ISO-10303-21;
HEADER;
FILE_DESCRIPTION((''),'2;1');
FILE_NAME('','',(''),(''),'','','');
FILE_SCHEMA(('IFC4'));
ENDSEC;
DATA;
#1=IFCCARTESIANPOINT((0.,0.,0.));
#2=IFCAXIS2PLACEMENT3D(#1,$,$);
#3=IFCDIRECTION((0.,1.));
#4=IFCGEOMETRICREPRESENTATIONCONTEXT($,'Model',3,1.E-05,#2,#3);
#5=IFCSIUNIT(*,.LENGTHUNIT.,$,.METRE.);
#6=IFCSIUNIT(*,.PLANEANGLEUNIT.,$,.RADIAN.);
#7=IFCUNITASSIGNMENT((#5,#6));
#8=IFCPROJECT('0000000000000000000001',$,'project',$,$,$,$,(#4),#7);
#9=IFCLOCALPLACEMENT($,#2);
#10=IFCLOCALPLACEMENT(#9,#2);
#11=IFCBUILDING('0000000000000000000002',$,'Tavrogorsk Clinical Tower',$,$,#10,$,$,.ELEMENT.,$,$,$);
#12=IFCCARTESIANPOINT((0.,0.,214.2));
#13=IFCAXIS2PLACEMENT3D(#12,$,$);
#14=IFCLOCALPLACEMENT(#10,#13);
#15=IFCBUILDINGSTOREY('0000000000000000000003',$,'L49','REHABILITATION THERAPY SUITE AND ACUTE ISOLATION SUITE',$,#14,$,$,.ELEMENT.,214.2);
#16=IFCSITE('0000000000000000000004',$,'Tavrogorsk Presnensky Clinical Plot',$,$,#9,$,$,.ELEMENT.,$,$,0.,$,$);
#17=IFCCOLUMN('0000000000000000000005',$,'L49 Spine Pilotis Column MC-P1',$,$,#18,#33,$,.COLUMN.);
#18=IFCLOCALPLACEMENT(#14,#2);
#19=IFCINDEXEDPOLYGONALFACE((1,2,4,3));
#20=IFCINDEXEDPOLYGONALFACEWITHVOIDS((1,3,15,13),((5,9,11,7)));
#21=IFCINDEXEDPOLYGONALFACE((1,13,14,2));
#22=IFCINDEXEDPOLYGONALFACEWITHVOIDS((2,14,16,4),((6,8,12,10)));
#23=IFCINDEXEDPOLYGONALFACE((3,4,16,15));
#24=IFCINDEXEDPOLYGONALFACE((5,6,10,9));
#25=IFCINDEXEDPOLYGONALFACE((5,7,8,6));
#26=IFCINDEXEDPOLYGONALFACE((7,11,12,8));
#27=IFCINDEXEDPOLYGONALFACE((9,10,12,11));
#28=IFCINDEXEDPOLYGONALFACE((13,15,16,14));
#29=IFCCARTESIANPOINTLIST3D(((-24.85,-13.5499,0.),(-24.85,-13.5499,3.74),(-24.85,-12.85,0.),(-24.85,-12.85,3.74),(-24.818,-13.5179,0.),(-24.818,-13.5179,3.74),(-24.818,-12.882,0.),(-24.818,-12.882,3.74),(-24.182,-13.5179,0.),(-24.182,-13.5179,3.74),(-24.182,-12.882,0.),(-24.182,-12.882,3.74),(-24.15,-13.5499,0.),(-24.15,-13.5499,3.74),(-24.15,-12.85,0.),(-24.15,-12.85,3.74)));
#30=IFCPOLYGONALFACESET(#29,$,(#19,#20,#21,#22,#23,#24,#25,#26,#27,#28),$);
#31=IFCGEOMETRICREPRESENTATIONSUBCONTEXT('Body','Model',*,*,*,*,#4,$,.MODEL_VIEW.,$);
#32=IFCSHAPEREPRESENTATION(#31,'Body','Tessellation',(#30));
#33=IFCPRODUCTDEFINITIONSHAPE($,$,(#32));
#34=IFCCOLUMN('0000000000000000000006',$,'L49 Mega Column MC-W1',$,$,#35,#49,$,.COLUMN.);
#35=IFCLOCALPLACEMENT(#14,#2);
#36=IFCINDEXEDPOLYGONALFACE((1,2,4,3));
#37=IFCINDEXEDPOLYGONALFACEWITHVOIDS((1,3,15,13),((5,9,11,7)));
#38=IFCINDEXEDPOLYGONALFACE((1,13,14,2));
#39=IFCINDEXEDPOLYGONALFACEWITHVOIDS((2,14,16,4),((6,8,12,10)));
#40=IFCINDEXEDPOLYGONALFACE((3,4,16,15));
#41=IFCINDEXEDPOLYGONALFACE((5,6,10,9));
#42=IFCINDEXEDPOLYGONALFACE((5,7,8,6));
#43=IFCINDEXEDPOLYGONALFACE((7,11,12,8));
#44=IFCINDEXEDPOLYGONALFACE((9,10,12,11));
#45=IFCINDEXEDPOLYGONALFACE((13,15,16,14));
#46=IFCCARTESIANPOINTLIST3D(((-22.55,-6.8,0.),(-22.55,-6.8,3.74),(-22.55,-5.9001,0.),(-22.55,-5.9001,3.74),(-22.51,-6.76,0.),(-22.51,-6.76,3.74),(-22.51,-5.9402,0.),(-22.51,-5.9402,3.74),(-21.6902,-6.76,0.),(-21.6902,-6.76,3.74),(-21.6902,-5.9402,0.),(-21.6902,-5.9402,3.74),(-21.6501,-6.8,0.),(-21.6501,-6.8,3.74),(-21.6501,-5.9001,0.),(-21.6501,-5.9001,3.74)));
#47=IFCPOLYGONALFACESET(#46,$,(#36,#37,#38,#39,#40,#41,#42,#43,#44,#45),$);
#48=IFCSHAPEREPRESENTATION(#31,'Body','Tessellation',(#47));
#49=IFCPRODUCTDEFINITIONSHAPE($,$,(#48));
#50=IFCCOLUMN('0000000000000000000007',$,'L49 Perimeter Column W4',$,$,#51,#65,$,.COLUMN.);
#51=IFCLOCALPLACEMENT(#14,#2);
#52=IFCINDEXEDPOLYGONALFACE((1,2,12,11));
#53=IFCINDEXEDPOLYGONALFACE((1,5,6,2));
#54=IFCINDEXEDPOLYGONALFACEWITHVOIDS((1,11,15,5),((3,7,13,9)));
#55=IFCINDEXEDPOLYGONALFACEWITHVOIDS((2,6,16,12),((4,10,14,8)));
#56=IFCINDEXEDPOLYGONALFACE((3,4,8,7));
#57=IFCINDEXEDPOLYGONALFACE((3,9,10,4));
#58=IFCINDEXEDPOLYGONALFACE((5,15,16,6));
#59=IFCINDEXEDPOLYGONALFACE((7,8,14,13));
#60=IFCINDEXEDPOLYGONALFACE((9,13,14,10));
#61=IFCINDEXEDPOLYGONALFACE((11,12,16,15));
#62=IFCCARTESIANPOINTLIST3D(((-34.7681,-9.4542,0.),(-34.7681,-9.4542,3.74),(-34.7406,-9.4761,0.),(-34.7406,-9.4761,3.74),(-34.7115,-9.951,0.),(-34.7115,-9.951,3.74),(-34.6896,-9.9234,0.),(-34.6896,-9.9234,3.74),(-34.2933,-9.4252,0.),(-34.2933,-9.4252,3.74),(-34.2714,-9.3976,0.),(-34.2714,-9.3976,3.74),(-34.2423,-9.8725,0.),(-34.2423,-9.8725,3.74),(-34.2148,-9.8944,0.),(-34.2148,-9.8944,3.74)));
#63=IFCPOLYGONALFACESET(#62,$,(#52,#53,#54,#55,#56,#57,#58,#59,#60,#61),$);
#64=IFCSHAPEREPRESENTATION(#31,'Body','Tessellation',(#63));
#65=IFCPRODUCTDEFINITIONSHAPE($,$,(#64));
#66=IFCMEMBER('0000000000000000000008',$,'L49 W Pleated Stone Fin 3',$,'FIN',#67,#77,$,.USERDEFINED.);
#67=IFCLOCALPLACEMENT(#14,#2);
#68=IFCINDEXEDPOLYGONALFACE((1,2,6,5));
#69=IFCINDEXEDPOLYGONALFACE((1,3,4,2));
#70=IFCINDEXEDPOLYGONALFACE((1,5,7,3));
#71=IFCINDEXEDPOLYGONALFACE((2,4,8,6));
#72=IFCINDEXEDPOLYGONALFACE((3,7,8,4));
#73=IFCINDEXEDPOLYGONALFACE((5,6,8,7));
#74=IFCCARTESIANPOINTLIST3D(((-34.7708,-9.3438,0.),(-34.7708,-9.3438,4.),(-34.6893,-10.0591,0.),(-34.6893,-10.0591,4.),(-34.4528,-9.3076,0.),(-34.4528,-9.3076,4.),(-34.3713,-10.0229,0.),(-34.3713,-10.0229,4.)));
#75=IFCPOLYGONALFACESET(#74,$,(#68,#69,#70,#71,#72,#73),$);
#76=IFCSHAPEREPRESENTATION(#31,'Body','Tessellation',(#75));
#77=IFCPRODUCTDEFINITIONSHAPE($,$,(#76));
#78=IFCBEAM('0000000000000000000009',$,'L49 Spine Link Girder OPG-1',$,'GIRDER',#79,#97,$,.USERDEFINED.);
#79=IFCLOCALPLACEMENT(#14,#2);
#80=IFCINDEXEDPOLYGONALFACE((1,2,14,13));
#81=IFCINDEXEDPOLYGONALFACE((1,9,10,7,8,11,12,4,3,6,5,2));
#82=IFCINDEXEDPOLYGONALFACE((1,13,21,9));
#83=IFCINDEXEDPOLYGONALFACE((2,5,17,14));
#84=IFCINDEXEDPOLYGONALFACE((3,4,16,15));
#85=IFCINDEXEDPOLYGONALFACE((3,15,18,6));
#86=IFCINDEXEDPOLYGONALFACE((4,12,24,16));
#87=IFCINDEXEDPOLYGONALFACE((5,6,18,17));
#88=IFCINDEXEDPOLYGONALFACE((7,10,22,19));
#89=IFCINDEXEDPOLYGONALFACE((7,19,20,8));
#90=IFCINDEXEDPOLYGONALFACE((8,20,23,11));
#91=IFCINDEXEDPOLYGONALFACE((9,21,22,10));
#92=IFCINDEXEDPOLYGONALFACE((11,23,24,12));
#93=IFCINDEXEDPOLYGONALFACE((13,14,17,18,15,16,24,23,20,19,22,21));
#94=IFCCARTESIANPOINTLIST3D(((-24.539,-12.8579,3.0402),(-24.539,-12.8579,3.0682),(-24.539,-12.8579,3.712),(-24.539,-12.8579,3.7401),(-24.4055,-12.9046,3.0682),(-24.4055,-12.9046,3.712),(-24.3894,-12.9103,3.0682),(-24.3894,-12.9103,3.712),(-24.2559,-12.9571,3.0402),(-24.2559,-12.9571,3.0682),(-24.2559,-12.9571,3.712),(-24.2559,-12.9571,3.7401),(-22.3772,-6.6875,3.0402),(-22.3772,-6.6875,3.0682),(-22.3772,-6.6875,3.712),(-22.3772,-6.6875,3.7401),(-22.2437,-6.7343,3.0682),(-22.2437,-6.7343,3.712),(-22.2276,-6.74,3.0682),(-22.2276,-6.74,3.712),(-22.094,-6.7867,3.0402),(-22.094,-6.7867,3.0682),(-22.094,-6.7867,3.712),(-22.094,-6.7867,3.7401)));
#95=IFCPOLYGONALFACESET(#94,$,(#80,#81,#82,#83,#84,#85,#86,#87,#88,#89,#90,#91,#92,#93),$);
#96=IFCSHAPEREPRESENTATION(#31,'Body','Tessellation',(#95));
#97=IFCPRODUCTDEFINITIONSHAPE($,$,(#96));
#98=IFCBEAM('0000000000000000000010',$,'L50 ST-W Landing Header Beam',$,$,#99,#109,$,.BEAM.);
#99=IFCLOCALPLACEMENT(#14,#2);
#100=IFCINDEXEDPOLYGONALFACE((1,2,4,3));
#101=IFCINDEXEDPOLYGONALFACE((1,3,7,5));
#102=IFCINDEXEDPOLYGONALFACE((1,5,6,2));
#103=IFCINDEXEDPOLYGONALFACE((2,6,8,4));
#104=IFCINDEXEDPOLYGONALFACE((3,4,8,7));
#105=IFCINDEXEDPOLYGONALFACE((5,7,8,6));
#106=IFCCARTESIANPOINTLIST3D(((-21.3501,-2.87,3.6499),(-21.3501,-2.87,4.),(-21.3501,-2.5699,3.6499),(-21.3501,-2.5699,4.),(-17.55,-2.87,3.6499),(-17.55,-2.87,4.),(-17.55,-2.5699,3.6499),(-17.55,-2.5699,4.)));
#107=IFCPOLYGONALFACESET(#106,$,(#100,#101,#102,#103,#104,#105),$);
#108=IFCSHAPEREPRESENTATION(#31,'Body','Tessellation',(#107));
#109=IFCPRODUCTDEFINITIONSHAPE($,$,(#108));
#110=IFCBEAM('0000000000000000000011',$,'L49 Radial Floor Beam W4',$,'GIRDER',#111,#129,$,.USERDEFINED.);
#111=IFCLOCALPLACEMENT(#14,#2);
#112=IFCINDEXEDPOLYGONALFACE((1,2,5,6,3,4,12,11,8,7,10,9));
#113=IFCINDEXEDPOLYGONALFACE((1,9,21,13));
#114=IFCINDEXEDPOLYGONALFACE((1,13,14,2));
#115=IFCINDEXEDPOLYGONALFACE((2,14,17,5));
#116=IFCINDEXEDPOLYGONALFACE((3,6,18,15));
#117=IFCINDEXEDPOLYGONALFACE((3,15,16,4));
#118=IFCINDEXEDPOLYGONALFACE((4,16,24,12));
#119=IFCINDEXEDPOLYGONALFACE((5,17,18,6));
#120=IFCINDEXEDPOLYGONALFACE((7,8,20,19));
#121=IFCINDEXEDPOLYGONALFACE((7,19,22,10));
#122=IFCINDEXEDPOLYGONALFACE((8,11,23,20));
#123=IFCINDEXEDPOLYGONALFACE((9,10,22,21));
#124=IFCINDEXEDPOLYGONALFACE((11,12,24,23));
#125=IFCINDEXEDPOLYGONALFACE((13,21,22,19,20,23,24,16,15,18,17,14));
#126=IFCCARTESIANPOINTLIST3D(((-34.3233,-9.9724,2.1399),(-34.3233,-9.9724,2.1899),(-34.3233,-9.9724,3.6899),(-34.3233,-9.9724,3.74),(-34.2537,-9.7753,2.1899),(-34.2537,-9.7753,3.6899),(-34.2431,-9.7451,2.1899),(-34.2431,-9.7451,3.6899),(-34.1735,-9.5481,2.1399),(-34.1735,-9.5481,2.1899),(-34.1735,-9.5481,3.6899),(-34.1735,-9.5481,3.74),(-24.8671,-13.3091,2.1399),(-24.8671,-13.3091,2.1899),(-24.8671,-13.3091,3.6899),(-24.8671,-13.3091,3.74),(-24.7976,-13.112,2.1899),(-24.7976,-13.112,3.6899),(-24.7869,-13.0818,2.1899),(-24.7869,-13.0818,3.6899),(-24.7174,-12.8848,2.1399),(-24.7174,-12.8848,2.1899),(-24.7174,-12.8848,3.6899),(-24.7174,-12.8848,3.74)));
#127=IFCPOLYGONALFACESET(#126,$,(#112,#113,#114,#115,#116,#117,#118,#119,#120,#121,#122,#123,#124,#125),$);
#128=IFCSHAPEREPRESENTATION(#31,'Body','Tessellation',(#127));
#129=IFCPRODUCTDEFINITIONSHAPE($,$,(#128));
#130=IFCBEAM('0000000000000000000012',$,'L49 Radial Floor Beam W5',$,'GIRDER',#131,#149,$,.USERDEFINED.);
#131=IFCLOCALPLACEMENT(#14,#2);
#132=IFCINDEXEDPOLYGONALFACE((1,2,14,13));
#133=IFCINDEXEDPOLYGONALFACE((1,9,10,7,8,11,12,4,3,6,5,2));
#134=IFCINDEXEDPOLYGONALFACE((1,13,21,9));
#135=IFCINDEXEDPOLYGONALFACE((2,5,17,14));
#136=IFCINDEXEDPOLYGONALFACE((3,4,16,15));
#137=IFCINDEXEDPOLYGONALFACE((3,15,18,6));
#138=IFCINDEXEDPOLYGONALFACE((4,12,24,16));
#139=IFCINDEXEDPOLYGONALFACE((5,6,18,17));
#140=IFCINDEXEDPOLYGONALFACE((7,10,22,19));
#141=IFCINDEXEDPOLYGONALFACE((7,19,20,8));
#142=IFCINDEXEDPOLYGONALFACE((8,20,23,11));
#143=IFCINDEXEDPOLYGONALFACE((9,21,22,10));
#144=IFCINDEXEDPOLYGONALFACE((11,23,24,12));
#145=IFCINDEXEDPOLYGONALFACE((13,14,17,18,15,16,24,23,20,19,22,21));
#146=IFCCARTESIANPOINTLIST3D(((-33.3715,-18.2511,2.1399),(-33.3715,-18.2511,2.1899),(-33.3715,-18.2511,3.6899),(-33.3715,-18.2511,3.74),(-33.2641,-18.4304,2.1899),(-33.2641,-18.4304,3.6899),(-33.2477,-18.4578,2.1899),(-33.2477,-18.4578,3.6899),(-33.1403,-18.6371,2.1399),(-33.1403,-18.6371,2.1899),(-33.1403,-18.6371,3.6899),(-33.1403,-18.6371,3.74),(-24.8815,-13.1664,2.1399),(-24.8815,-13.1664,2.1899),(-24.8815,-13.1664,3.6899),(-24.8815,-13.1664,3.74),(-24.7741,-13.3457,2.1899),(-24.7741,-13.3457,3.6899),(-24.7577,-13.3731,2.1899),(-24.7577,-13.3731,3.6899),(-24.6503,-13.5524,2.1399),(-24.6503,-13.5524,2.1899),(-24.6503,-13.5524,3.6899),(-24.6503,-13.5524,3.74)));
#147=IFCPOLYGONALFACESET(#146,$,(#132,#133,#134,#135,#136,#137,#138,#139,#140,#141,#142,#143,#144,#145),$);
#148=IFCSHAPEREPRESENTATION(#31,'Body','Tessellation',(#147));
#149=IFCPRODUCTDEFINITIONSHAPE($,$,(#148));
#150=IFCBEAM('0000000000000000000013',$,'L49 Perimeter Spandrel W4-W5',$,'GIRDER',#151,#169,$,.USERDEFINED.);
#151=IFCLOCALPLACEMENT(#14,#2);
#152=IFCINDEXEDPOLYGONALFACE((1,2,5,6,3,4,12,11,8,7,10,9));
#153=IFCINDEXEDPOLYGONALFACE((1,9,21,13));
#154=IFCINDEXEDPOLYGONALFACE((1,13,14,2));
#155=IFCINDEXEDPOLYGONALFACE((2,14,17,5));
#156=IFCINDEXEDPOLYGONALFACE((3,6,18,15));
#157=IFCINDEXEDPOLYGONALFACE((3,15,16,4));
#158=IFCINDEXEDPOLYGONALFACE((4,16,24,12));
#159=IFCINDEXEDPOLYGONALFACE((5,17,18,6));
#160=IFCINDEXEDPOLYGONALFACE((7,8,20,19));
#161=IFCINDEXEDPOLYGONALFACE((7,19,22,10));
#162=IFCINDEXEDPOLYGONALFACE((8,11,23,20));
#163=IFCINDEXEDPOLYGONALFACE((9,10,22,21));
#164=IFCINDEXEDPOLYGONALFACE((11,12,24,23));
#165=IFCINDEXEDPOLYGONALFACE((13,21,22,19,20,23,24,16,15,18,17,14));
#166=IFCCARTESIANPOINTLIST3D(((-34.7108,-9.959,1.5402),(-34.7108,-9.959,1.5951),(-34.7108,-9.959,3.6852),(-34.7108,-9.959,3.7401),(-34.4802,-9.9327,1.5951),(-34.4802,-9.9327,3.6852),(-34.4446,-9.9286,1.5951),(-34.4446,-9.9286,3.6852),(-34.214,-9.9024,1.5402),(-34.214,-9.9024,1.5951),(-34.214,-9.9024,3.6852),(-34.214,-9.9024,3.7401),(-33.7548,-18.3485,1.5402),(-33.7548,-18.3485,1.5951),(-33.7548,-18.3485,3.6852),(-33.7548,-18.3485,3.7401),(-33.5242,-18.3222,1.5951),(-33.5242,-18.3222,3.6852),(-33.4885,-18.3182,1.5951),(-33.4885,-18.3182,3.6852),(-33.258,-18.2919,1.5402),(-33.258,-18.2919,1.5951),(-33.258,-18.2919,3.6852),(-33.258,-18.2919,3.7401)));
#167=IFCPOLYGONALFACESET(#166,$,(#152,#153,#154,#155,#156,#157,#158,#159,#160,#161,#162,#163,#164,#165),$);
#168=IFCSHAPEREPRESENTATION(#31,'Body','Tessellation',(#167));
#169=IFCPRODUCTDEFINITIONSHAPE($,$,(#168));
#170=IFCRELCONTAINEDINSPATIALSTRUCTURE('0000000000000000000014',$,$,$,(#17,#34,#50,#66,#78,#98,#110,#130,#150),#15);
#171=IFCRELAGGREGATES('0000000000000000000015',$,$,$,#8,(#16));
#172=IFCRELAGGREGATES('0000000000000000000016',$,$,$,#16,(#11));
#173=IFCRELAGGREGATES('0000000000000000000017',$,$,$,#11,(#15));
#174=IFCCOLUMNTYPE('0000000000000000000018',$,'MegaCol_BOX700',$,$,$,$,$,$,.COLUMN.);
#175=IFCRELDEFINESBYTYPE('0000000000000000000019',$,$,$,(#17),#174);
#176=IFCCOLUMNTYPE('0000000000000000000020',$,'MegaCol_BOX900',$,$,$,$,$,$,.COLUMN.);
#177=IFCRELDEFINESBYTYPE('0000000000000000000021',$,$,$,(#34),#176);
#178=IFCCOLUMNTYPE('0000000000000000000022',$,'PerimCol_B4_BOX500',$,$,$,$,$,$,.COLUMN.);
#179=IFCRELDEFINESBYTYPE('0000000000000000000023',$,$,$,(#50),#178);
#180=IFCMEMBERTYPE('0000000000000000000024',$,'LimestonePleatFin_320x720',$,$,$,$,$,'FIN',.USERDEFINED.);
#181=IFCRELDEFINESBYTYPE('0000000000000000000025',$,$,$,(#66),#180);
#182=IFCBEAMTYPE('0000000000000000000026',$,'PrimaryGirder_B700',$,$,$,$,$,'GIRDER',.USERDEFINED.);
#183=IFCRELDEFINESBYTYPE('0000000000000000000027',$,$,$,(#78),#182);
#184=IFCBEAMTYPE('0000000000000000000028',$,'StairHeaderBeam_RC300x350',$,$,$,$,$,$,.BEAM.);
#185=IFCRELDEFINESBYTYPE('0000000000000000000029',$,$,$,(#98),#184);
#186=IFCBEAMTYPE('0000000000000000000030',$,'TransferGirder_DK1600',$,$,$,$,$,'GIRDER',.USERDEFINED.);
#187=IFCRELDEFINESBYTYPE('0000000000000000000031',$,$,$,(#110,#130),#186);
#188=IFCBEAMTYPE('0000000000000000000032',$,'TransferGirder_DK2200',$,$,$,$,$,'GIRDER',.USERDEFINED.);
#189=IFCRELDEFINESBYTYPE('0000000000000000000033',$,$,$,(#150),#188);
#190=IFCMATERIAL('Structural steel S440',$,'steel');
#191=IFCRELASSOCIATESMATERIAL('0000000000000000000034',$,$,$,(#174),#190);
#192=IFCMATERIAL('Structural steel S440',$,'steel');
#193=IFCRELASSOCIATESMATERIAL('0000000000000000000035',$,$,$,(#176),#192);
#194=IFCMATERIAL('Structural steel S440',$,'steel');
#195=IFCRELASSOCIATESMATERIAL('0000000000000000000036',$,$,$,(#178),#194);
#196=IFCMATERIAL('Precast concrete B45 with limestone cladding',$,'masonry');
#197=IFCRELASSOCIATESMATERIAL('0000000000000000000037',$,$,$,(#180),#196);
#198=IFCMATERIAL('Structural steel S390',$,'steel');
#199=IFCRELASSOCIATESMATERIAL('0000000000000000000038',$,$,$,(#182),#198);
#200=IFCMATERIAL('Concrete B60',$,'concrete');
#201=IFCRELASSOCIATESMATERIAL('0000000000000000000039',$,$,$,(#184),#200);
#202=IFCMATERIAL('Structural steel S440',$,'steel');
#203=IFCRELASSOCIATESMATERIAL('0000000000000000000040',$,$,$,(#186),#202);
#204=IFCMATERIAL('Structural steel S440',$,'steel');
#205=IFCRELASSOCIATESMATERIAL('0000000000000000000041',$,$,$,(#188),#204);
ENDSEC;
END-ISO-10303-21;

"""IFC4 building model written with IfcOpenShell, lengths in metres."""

from ifc_helpers import new_model, si_unit, direction, frame, origin, origin_2d, place, context, subcontext, project, spatial, rectangle, hollow_rectangle, i_section, extrude, material, material_profile, profile_set, type_object, element, save


model = new_model("IFC4")

# Units and contexts
model_context = context("Model", 3, precision=1e-05, world=origin(), true_north=direction((0.0, 1.0)))
body_context = subcontext(model_context, "Body", "Model", "MODEL_VIEW")
ifc_project = project(units=[si_unit("LENGTHUNIT", "METRE"), si_unit("PLANEANGLEUNIT", "RADIAN")], contexts=[model_context])

# Site, building, storey
site_placement = place(None, origin())
site = spatial("IfcSite", under=ifc_project, at=site_placement, Name="Tavrogorsk Presnensky Clinical Plot", CompositionType="ELEMENT", RefElevation=0.0)
building_placement = place(site_placement, origin())
building = spatial("IfcBuilding", under=site, at=building_placement, Name="Tavrogorsk Clinical Tower", CompositionType="ELEMENT")
storey_placement = place(building_placement, frame((0.0, 0.0, 214.2)))
storey = spatial("IfcBuildingStorey", under=building, at=storey_placement, Name="L49", Description="REHABILITATION THERAPY SUITE AND ACUTE ISOLATION SUITE", CompositionType="ELEMENT", Elevation=214.2)

# Columns
ifc_material_1 = material(Name="Structural steel S440", Category="steel")
ifc_material_profile_1 = material_profile(ifc_material_1, hollow_rectangle(XDim=0.7, YDim=0.7, WallThickness=0.032, at=origin_2d()), Name="BOX-700x700x32")
ifc_profile_set_1 = profile_set([ifc_material_profile_1], Name="Structural steel S440")
column_type_1 = type_object("IfcColumnType", Name="MegaCol_BOX700", PredefinedType="COLUMN", material=ifc_profile_set_1)
column_1_placement = place(storey_placement, frame((-24.5, -13.2, 0.0), z_axis=(0.0, 0.0, 1.0), x_axis=(1.0, 0.0, 0.0)))
element("IfcColumn", 1, at=column_1_placement, inside=storey, type_object=column_type_1, Name="L49 Spine Pilotis Column MC-P1", PredefinedType="COLUMN", context=body_context, shape_type="SweptSolid", body=[
    extrude(hollow_rectangle(XDim=0.7, YDim=0.7, WallThickness=0.032, at=origin_2d()), origin(), (0.0, 0.0, 1.0), 3.74),
])
ifc_material_2 = material(Name="Structural steel S440", Category="steel")
ifc_material_profile_2 = material_profile(ifc_material_2, hollow_rectangle(XDim=0.8999, YDim=0.8999, WallThickness=0.04, at=origin_2d()), Name="BOX-900x900x40")
ifc_profile_set_2 = profile_set([ifc_material_profile_2], Name="Structural steel S440")
column_type_2 = type_object("IfcColumnType", Name="MegaCol_BOX900", PredefinedType="COLUMN", material=ifc_profile_set_2)
column_2_placement = place(storey_placement, frame((-22.1001, -6.3501, 0.0), z_axis=(0.0, 0.0, 1.0), x_axis=(1.0, 0.0, 0.0)))
element("IfcColumn", 2, at=column_2_placement, inside=storey, type_object=column_type_2, Name="L49 Mega Column MC-W1", PredefinedType="COLUMN", context=body_context, shape_type="SweptSolid", body=[
    extrude(hollow_rectangle(XDim=0.8999, YDim=0.8999, WallThickness=0.04, at=origin_2d()), origin(), (0.0, 0.0, 1.0), 3.74),
])
ifc_material_3 = material(Name="Structural steel S440", Category="steel")
ifc_material_profile_3 = material_profile(ifc_material_3, hollow_rectangle(XDim=0.5, YDim=0.5, WallThickness=0.0249, at=origin_2d()), Name="BOX-500x500x25")
ifc_profile_set_3 = profile_set([ifc_material_profile_3], Name="Structural steel S440")
column_type_3 = type_object("IfcColumnType", Name="PerimCol_B4_BOX500", PredefinedType="COLUMN", material=ifc_profile_set_3)
column_3_placement = place(storey_placement, frame((-34.4915, -9.6743, 0.0), z_axis=(0.0, 0.0, 1.0), x_axis=(0.993572, 0.113203, 0.0)))
element("IfcColumn", 3, at=column_3_placement, inside=storey, type_object=column_type_3, Name="L49 Perimeter Column W4", PredefinedType="COLUMN", context=body_context, shape_type="SweptSolid", body=[
    extrude(hollow_rectangle(XDim=0.5, YDim=0.5, WallThickness=0.0249, at=origin_2d()), origin(), (0.0, 0.0, 1.0), 3.74),
])

# Member
ifc_material_4 = material(Name="Precast concrete B45 with limestone cladding", Category="masonry")
ifc_material_profile_4 = material_profile(ifc_material_4, rectangle(XDim=0.3201, YDim=0.72, at=origin_2d()), Name="LIMESTONE-FIN-320x720")
ifc_profile_set_4 = profile_set([ifc_material_profile_4], Name="Precast concrete B45 with limestone cladding")
member_type = type_object("IfcMemberType", Name="LimestonePleatFin_320x720", ElementType="FIN", PredefinedType="USERDEFINED", material=ifc_profile_set_4)
member_placement = place(storey_placement, frame((-34.571, -9.6833, 0.0), z_axis=(0.0, 0.0, 1.0), x_axis=(0.993572, 0.113203, 0.0)))
element("IfcMember", 4, at=member_placement, inside=storey, type_object=member_type, Name="L49 W Pleated Stone Fin 3", ObjectType="FIN", PredefinedType="USERDEFINED", context=body_context, shape_type="SweptSolid", body=[
    extrude(rectangle(XDim=0.3201, YDim=0.72, at=origin_2d()), origin(), (0.0, 0.0, 1.0), 4.0),
])

# Beams
ifc_material_5 = material(Name="Structural steel S390", Category="steel")
ifc_material_profile_5 = material_profile(ifc_material_5, i_section(OverallWidth=0.3, OverallDepth=0.7, WebThickness=0.0171, FlangeThickness=0.0281, at=origin_2d()), Name="B-700x300x17x28")
ifc_profile_set_5 = profile_set([ifc_material_profile_5], Name="Structural steel S390")
beam_type_1 = type_object("IfcBeamType", Name="PrimaryGirder_B700", ElementType="GIRDER", PredefinedType="USERDEFINED", material=ifc_profile_set_5)
beam_1_placement = place(storey_placement, frame((-24.3975, -12.9075, 3.3901), z_axis=(0.330653, 0.943752, 0.0), x_axis=(-0.943752, 0.330653, 0.0)))
element("IfcBeam", 5, at=beam_1_placement, inside=storey, type_object=beam_type_1, Name="L49 Spine Link Girder OPG-1", ObjectType="GIRDER", PredefinedType="USERDEFINED", context=body_context, shape_type="SweptSolid", body=[
    extrude(i_section(OverallWidth=0.3, OverallDepth=0.7, WebThickness=0.0171, FlangeThickness=0.0281, at=origin_2d()), origin(), (0.0, 0.0, 1.0), 6.5381),
])
ifc_material_6 = material(Name="Concrete B60", Category="concrete")
ifc_material_profile_6 = material_profile(ifc_material_6, rectangle(XDim=0.3, YDim=0.3501, at=origin_2d()), Name="RC-SHB-300x350")
ifc_profile_set_6 = profile_set([ifc_material_profile_6], Name="Concrete B60")
beam_type_2 = type_object("IfcBeamType", Name="StairHeaderBeam_RC300x350", PredefinedType="BEAM", material=ifc_profile_set_6)
beam_2_placement = place(storey_placement, frame((-21.3501, -2.72, 3.825), z_axis=(1.0, 0.0, 0.0), x_axis=(0.0, 1.0, 0.0)))
element("IfcBeam", 6, at=beam_2_placement, inside=storey, type_object=beam_type_2, Name="L50 ST-W Landing Header Beam", PredefinedType="BEAM", context=body_context, shape_type="SweptSolid", body=[
    extrude(rectangle(XDim=0.3, YDim=0.3501, at=origin_2d()), origin(), (0.0, 0.0, 1.0), 3.8),
])
ifc_material_7 = material(Name="Structural steel S440", Category="steel")
ifc_material_profile_7 = material_profile(ifc_material_7, i_section(OverallWidth=0.45, OverallDepth=1.6001, WebThickness=0.032, FlangeThickness=0.05, at=origin_2d()), Name="DK-1600x450x32x50")
ifc_profile_set_7 = profile_set([ifc_material_profile_7], Name="Structural steel S440")
beam_type_3 = type_object("IfcBeamType", Name="TransferGirder_DK1600", ElementType="GIRDER", PredefinedType="USERDEFINED", material=ifc_profile_set_7)
beam_3_placement = place(storey_placement, frame((-24.7922, -13.0969, 2.9399), z_axis=(-0.943014, 0.332753, 0.0), x_axis=(-0.332753, -0.943014, 0.0)))
element("IfcBeam", 7, at=beam_3_placement, inside=storey, type_object=beam_type_3, Name="L49 Radial Floor Beam W4", ObjectType="GIRDER", PredefinedType="USERDEFINED", context=body_context, shape_type="SweptSolid", body=[
    extrude(i_section(OverallWidth=0.45, OverallDepth=1.6001, WebThickness=0.032, FlangeThickness=0.05, at=origin_2d()), origin(), (0.0, 0.0, 1.0), 10.0276),
])
beam_4_placement = place(storey_placement, frame((-24.7659, -13.3594, 2.9399), z_axis=(-0.857906, -0.513806, 0.0), x_axis=(0.513806, -0.857906, 0.0)))
element("IfcBeam", 8, at=beam_4_placement, inside=storey, type_object=beam_type_3, Name="L49 Radial Floor Beam W5", ObjectType="GIRDER", PredefinedType="USERDEFINED", context=body_context, shape_type="SweptSolid", body=[
    extrude(i_section(OverallWidth=0.45, OverallDepth=1.6001, WebThickness=0.032, FlangeThickness=0.05, at=origin_2d()), origin(), (0.0, 0.0, 1.0), 9.8962),
])
ifc_material_8 = material(Name="Structural steel S440", Category="steel")
ifc_material_profile_8 = material_profile(ifc_material_8, i_section(OverallWidth=0.5, OverallDepth=2.2, WebThickness=0.0359, FlangeThickness=0.0549, at=origin_2d()), Name="DK-2200x500x36x55")
ifc_profile_set_8 = profile_set([ifc_material_profile_8], Name="Structural steel S440")
beam_type_4 = type_object("IfcBeamType", Name="TransferGirder_DK2200", ElementType="GIRDER", PredefinedType="USERDEFINED", material=ifc_profile_set_8)
beam_5_placement = place(storey_placement, frame((-34.4624, -9.9307, 2.6401), z_axis=(0.113224, -0.99357, 0.0), x_axis=(0.99357, 0.113224, 0.0)))
element("IfcBeam", 9, at=beam_5_placement, inside=storey, type_object=beam_type_4, Name="L49 Perimeter Spandrel W4-W5", ObjectType="GIRDER", PredefinedType="USERDEFINED", context=body_context, shape_type="SweptSolid", body=[
    extrude(i_section(OverallWidth=0.5, OverallDepth=2.2, WebThickness=0.0359, FlangeThickness=0.0549, at=origin_2d()), origin(), (0.0, 0.0, 1.0), 8.4438),
])

save(model, "model.ifc")
